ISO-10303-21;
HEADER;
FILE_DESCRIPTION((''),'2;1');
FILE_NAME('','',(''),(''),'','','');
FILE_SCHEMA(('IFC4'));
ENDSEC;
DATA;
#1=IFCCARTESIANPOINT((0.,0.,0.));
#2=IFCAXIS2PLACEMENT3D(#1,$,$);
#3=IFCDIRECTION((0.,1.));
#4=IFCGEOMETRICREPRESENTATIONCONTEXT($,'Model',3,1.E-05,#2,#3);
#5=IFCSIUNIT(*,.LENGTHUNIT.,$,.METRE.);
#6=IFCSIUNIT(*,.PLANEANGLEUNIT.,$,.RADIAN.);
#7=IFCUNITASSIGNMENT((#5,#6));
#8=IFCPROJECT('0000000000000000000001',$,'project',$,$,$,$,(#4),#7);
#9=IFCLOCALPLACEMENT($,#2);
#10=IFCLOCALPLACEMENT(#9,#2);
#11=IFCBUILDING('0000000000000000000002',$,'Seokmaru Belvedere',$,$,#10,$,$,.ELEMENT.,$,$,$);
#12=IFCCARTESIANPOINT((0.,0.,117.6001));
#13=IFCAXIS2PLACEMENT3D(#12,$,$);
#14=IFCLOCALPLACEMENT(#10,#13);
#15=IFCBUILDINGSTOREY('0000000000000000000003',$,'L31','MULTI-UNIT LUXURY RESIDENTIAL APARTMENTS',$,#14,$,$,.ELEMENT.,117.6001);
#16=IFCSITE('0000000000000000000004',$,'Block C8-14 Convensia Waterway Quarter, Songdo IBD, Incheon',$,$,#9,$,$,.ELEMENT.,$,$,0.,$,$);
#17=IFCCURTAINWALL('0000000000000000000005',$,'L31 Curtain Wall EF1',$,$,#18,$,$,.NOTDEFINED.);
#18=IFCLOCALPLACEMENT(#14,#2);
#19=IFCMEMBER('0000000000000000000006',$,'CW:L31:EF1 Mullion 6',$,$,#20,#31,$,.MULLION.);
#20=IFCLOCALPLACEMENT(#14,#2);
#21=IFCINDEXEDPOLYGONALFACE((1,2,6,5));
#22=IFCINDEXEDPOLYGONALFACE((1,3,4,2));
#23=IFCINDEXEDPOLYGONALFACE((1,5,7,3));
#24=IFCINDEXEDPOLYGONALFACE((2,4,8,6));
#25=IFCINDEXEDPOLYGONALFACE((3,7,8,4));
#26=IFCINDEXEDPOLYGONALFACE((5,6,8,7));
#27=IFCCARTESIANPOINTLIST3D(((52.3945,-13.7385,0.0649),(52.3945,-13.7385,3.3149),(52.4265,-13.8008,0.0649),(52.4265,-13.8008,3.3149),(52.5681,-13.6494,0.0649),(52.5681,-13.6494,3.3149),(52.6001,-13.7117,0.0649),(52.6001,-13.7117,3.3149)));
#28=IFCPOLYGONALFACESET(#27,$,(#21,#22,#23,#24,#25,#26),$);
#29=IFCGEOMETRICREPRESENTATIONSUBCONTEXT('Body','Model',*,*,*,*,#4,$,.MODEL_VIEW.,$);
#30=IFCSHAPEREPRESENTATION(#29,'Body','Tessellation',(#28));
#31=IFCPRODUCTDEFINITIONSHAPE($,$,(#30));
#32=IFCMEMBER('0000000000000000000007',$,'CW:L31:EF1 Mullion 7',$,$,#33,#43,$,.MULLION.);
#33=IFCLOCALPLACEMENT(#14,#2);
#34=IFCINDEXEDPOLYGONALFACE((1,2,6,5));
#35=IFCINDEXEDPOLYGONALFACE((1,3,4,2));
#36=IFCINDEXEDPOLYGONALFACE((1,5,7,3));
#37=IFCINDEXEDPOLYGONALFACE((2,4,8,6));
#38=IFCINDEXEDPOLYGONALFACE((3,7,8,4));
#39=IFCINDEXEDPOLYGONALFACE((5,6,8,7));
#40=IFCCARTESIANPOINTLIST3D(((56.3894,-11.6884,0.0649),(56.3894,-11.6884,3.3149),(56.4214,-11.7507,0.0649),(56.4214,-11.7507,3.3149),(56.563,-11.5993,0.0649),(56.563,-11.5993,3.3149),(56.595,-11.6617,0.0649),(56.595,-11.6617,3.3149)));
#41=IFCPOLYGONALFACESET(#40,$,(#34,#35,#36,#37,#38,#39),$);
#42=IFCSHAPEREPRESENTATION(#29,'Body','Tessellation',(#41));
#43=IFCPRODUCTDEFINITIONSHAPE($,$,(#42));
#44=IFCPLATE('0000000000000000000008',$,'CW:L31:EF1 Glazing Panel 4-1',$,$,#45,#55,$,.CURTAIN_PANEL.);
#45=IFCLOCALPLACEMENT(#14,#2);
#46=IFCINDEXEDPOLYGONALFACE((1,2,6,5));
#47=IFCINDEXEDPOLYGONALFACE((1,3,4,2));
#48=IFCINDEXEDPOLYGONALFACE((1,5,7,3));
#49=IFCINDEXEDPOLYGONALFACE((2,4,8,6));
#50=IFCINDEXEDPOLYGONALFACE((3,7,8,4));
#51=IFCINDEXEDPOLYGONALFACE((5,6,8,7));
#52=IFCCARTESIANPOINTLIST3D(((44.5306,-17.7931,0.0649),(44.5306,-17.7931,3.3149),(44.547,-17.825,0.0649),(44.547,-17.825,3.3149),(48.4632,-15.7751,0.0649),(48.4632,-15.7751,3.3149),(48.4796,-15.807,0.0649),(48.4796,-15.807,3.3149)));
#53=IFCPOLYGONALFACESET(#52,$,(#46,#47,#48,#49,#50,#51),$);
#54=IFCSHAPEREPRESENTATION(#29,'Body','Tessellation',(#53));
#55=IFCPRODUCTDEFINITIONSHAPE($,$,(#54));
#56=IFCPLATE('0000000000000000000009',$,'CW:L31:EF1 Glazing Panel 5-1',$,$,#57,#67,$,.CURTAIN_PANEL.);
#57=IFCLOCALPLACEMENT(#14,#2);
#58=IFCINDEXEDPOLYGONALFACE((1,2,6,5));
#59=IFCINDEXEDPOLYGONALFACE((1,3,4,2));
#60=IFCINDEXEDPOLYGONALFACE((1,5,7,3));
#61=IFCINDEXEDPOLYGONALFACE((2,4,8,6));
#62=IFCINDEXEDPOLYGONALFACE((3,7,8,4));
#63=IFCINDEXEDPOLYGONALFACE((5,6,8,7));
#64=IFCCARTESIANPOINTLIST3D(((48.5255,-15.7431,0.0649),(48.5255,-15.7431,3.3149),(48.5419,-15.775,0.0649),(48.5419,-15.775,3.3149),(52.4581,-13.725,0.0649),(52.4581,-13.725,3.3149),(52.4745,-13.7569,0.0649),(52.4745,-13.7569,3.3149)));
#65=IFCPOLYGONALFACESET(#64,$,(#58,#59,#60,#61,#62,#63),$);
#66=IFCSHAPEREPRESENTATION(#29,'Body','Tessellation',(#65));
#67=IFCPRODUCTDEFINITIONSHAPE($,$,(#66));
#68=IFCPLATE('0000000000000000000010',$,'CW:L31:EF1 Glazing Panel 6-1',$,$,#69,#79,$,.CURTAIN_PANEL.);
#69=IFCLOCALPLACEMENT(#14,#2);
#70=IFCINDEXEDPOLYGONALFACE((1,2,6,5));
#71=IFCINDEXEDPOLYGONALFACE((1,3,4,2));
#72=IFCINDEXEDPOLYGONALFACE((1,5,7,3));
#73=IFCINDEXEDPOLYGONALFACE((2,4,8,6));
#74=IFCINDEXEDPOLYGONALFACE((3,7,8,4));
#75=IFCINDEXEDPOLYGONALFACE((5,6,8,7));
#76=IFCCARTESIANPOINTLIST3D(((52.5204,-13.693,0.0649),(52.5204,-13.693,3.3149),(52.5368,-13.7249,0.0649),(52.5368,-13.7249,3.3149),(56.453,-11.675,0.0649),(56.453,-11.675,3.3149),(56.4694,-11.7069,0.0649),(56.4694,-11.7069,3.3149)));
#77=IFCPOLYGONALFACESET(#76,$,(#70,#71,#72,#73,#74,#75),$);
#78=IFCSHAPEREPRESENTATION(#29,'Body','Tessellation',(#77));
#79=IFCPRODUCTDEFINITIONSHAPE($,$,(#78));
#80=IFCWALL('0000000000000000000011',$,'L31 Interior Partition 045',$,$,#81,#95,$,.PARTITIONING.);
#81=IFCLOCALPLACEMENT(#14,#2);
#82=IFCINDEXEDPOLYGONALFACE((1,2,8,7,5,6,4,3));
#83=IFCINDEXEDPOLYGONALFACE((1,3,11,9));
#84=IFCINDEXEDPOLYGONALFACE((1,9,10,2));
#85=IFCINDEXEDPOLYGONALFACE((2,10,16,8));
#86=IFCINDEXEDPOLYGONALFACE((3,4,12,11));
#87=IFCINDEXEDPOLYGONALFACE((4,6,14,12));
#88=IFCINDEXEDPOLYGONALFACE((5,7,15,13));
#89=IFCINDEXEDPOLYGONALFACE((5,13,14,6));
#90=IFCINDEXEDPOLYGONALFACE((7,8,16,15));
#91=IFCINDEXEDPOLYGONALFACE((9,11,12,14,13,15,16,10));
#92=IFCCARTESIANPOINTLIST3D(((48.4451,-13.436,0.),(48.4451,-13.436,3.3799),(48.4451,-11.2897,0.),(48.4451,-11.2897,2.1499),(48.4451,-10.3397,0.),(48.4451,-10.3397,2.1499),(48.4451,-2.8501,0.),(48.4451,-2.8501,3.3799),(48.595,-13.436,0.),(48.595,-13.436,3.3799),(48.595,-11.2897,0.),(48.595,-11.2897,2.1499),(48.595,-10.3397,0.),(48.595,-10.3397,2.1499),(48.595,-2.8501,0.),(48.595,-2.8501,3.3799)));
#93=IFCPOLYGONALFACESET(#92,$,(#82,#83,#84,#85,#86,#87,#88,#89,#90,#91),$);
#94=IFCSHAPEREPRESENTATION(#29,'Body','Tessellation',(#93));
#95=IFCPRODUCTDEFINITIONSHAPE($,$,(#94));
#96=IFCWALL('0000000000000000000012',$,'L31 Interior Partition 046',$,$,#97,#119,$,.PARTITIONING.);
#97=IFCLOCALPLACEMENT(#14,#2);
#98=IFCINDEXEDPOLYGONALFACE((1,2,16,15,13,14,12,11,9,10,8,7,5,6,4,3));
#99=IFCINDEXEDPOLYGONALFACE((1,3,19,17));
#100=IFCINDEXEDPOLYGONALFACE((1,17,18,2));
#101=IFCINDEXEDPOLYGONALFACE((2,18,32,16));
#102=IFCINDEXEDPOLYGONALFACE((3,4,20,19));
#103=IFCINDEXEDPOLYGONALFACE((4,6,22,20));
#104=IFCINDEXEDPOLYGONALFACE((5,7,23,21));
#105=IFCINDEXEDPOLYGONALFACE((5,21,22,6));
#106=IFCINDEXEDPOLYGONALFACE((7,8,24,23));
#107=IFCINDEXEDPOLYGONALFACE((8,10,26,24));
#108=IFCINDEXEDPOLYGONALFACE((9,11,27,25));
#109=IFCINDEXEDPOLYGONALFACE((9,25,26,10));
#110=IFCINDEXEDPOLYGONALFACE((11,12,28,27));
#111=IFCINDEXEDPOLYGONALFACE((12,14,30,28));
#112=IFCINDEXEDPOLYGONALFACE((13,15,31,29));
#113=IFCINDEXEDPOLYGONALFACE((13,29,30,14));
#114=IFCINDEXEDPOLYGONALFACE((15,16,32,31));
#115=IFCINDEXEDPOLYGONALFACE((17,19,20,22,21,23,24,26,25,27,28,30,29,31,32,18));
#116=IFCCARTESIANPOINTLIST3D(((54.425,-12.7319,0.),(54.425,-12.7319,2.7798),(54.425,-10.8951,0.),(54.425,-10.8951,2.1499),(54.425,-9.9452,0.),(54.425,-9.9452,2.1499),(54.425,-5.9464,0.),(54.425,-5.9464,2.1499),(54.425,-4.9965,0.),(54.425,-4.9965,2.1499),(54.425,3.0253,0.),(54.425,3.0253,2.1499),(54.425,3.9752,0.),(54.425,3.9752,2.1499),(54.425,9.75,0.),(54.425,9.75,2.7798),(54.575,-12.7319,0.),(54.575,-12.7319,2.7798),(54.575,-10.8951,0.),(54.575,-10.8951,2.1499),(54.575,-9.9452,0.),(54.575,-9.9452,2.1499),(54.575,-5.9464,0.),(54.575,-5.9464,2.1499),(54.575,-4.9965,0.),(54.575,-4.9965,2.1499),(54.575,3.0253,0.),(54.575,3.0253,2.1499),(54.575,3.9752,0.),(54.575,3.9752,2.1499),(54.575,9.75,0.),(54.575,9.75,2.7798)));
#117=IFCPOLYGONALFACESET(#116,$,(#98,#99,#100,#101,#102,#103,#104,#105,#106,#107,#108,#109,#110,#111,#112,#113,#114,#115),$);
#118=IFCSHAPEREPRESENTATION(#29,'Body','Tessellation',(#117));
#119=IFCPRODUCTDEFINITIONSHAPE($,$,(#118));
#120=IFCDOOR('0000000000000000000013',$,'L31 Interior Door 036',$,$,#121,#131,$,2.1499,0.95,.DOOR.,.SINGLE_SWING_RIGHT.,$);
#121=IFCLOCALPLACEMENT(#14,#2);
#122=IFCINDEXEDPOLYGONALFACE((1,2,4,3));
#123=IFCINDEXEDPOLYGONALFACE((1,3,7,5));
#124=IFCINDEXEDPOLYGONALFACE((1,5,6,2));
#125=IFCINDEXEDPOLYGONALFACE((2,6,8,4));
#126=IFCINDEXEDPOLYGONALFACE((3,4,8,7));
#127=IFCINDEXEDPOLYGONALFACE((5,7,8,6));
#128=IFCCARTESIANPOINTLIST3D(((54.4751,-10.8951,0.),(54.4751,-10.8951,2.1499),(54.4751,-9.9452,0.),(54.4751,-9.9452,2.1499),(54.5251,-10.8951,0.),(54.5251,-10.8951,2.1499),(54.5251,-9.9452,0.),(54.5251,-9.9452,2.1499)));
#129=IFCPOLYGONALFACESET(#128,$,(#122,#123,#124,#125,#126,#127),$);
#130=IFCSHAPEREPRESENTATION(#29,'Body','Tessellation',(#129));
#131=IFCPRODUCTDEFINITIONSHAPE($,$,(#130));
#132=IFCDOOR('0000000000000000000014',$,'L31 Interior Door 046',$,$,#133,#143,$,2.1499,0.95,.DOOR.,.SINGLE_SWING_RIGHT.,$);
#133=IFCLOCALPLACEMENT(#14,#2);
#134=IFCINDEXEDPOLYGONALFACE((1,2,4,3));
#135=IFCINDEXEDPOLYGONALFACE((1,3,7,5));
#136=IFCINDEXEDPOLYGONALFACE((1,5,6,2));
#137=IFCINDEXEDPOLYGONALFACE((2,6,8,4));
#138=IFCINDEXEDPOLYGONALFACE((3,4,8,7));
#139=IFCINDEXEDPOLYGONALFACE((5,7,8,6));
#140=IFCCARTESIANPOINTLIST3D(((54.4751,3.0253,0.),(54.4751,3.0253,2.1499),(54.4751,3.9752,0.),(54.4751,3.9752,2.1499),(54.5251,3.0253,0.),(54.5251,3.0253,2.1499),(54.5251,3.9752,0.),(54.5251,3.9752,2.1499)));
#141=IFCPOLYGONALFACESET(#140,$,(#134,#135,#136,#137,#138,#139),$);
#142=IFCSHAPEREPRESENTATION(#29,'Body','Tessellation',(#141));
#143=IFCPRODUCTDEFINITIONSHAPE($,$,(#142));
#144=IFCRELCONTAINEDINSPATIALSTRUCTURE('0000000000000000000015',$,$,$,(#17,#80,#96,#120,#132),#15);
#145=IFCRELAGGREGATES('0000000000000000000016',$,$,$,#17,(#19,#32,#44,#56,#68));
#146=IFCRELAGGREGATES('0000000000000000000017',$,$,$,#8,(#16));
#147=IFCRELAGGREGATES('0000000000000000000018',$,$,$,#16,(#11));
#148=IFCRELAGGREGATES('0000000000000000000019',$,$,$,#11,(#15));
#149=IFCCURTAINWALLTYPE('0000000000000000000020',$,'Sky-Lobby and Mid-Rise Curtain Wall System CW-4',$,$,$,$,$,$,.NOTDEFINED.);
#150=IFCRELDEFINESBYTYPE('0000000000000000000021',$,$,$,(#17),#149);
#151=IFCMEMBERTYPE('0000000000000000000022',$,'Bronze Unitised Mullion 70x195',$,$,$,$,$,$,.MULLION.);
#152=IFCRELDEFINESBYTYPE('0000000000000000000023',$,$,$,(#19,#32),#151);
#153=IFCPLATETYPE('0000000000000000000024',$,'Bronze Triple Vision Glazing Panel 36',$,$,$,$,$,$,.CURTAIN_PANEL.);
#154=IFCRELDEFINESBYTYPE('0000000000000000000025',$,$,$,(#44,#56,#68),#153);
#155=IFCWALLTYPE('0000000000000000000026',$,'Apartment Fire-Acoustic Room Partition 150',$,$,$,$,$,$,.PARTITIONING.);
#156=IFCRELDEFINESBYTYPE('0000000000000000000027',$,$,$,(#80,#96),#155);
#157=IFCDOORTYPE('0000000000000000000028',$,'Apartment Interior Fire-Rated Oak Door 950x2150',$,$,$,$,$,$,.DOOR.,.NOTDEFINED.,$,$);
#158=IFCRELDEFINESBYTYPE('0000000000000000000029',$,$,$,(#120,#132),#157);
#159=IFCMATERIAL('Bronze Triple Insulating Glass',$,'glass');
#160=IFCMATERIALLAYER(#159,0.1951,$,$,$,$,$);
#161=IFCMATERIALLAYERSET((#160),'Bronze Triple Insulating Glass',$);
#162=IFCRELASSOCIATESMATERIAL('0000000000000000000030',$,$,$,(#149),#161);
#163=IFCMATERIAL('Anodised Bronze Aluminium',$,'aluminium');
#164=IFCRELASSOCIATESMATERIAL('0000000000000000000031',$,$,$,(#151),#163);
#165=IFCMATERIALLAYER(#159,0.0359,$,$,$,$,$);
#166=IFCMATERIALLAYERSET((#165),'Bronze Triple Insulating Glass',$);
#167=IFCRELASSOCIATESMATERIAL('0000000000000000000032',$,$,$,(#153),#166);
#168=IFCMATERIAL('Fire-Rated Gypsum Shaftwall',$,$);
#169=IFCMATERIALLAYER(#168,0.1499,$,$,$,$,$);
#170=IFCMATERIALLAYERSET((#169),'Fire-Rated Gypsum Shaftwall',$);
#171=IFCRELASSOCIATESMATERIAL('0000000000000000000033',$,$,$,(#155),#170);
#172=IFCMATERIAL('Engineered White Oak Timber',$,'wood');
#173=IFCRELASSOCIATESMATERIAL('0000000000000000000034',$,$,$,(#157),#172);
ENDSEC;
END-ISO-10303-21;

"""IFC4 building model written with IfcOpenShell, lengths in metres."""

from ifc_helpers import new_model, si_unit, direction, frame, frame_2d, origin, origin_2d, place, context, subcontext, project, spatial, rectangle, extrude, source, transform, mapped, material, layer, layer_set, material_profile, profile_set, type_object, type_shapes, element, fill, aggregate, save


model = new_model("IFC4")

# Units and contexts
model_context = context("Model", 3, precision=1e-05, world=origin(), true_north=direction((0.0, 1.0)))
body_context = subcontext(model_context, "Body", "Model", "MODEL_VIEW")
ifc_project = project(units=[si_unit("LENGTHUNIT", "METRE"), si_unit("PLANEANGLEUNIT", "RADIAN")], contexts=[model_context])

# Site, building, storey
site_placement = place(None, origin())
site = spatial("IfcSite", under=ifc_project, at=site_placement, Name="Block C8-14 Convensia Waterway Quarter, Songdo IBD, Incheon", CompositionType="ELEMENT", RefElevation=0.0)
building_placement = place(site_placement, origin())
building = spatial("IfcBuilding", under=site, at=building_placement, Name="Seokmaru Belvedere", CompositionType="ELEMENT")
storey_placement = place(building_placement, frame((0.0, 0.0, 117.6001)))
storey = spatial("IfcBuildingStorey", under=building, at=storey_placement, Name="L31", Description="MULTI-UNIT LUXURY RESIDENTIAL APARTMENTS", CompositionType="ELEMENT", Elevation=117.6001)

# Curtain wall, members, plates
ifc_material_1 = material(Name="Bronze Triple Insulating Glass", Category="glass")
ifc_layer_1 = layer(ifc_material_1, 0.1951)
ifc_layer_set_1 = layer_set([ifc_layer_1], Name="Bronze Triple Insulating Glass")
curtain_wall_type = type_object("IfcCurtainWallType", Name="Sky-Lobby and Mid-Rise Curtain Wall System CW-4", PredefinedType="NOTDEFINED", material=ifc_layer_set_1)
curtain_wall_placement = place(storey_placement, origin())
curtain_wall = element("IfcCurtainWall", 1, at=curtain_wall_placement, inside=storey, type_object=curtain_wall_type, Name="L31 Curtain Wall EF1", PredefinedType="NOTDEFINED")
ifc_material_2 = material(Name="Anodised Bronze Aluminium", Category="aluminium")
ifc_material_profile_1 = material_profile(ifc_material_2, rectangle(XDim=0.0701, YDim=0.1951, at=origin_2d()), Name="CW-M-70x195")
ifc_profile_set_1 = profile_set([ifc_material_profile_1], Name="Anodised Bronze Aluminium")
member_type = type_object("IfcMemberType", Name="Bronze Unitised Mullion 70x195", PredefinedType="MULLION", material=ifc_profile_set_1)
shared_shape_1 = source(origin(), body_context, "Body", "SweptSolid", [
    extrude(rectangle(XDim=0.0701, YDim=0.1951, at=origin_2d()), origin(), (0.0, 0.0, 1.0), 3.25),
])
type_shapes(member_type, [shared_shape_1])
member_1_placement = place(storey_placement, frame((52.4973, -13.7251, 0.0649), z_axis=(0.0, 0.0, 1.0), x_axis=(-0.456555, 0.889695, 0.0)))
member_1 = element("IfcMember", 2, at=member_1_placement, type_object=member_type, Name="CW:L31:EF1 Mullion 6", PredefinedType="MULLION", context=body_context, shape_type="MappedRepresentation", body=[
    mapped(shared_shape_1, transform((0.0, 0.0, 0.0), scale=1.0)),
])
member_2_placement = place(storey_placement, frame((56.4922, -11.675, 0.0649), z_axis=(0.0, 0.0, 1.0), x_axis=(-0.456555, 0.889695, 0.0)))
member_2 = element("IfcMember", 3, at=member_2_placement, type_object=member_type, Name="CW:L31:EF1 Mullion 7", PredefinedType="MULLION", context=body_context, shape_type="MappedRepresentation", body=[
    mapped(shared_shape_1, transform((0.0, 0.0, 0.0), scale=1.0)),
])
ifc_layer_2 = layer(ifc_material_1, 0.0359)
ifc_layer_set_2 = layer_set([ifc_layer_2], Name="Bronze Triple Insulating Glass")
plate_type = type_object("IfcPlateType", Name="Bronze Triple Vision Glazing Panel 36", PredefinedType="CURTAIN_PANEL", material=ifc_layer_set_2)
shared_shape_2 = source(origin(), body_context, "Body", "SweptSolid", [
    extrude(rectangle(XDim=4.4202, YDim=0.0359, at=origin_2d()), origin(), (0.0, 0.0, 1.0), 3.25),
])
type_shapes(plate_type, [shared_shape_2])
plate_1_placement = place(storey_placement, frame((46.5051, -16.8, 0.0649), z_axis=(0.0, 0.0, 1.0), x_axis=(0.889695, 0.456555, 0.0)))
plate_1 = element("IfcPlate", 4, at=plate_1_placement, type_object=plate_type, Name="CW:L31:EF1 Glazing Panel 4-1", PredefinedType="CURTAIN_PANEL", context=body_context, shape_type="MappedRepresentation", body=[
    mapped(shared_shape_2, transform((0.0, 0.0, 0.0), scale=1.0)),
])
plate_2_placement = place(storey_placement, frame((50.5, -14.75, 0.0649), z_axis=(0.0, 0.0, 1.0), x_axis=(0.889695, 0.456555, 0.0)))
plate_2 = element("IfcPlate", 5, at=plate_2_placement, type_object=plate_type, Name="CW:L31:EF1 Glazing Panel 5-1", PredefinedType="CURTAIN_PANEL", context=body_context, shape_type="MappedRepresentation", body=[
    mapped(shared_shape_2, transform((0.0, 0.0, 0.0), scale=1.0)),
])
plate_3_placement = place(storey_placement, frame((54.4949, -12.7, 0.0649), z_axis=(0.0, 0.0, 1.0), x_axis=(0.889695, 0.456555, 0.0)))
plate_3 = element("IfcPlate", 6, at=plate_3_placement, type_object=plate_type, Name="CW:L31:EF1 Glazing Panel 6-1", PredefinedType="CURTAIN_PANEL", context=body_context, shape_type="MappedRepresentation", body=[
    mapped(shared_shape_2, transform((0.0, 0.0, 0.0), scale=1.0)),
])
aggregate(curtain_wall, [member_1, member_2, plate_1, plate_2, plate_3])

# Wall, opening
ifc_material_3 = material(Name="Fire-Rated Gypsum Shaftwall")
ifc_layer_3 = layer(ifc_material_3, 0.1499)
ifc_layer_set_3 = layer_set([ifc_layer_3], Name="Fire-Rated Gypsum Shaftwall")
wall_type = type_object("IfcWallType", Name="Apartment Fire-Acoustic Room Partition 150", PredefinedType="PARTITIONING", material=ifc_layer_set_3)
wall_1_placement = place(storey_placement, frame((48.52, -13.436, 0.0), z_axis=(0.0, 0.0, 1.0), x_axis=(0.0, 1.0, 0.0)))
wall_1 = element("IfcWall", 7, at=wall_1_placement, inside=storey, type_object=wall_type, Name="L31 Interior Partition 045", PredefinedType="PARTITIONING", context=body_context, shape_type="SweptSolid", body=[
    extrude(rectangle(XDim=10.5859, YDim=0.1499, at=frame_2d((5.293, 0.0))), origin(), (0.0, 0.0, 1.0), 3.3799),
])
opening_1_placement = place(wall_1_placement, frame((2.1462, 0.0, 0.0)))
element("IfcOpeningElement", 8, at=opening_1_placement, cuts=wall_1, PredefinedType="OPENING", context=body_context, shape_type="SweptSolid", body=[
    extrude(rectangle(XDim=0.95, YDim=2.1499, at=frame_2d((0.4751, 1.075))), frame((0.0, 0.085, 0.0), z_axis=(0.0, -1.0, 0.0), x_axis=(1.0, 0.0, 0.0)), (0.0, 0.0, 1.0), 0.1699),
])

# Wall, openings, doors
wall_2_placement = place(storey_placement, frame((54.5, -12.7319, 0.0), z_axis=(0.0, 0.0, 1.0), x_axis=(0.0, 1.0, 0.0)))
wall_2 = element("IfcWall", 9, at=wall_2_placement, inside=storey, type_object=wall_type, Name="L31 Interior Partition 046", PredefinedType="PARTITIONING", context=body_context, shape_type="SweptSolid", body=[
    extrude(rectangle(XDim=22.4819, YDim=0.1499, at=frame_2d((11.241, 0.0))), origin(), (0.0, 0.0, 1.0), 2.7798),
])
opening_2_placement = place(wall_2_placement, frame((1.8367, 0.0, 0.0)))
opening_2 = element("IfcOpeningElement", 10, at=opening_2_placement, cuts=wall_2, PredefinedType="OPENING", context=body_context, shape_type="SweptSolid", body=[
    extrude(rectangle(XDim=0.95, YDim=2.1499, at=frame_2d((0.4751, 1.075))), frame((0.0, 0.085, 0.0), z_axis=(0.0, -1.0, 0.0), x_axis=(1.0, 0.0, 0.0)), (0.0, 0.0, 1.0), 0.1699),
])
opening_3_placement = place(wall_2_placement, frame((6.7854, 0.0, 0.0)))
element("IfcOpeningElement", 11, at=opening_3_placement, cuts=wall_2, PredefinedType="OPENING", context=body_context, shape_type="SweptSolid", body=[
    extrude(rectangle(XDim=0.95, YDim=2.1499, at=frame_2d((0.4751, 1.075))), frame((0.0, 0.085, 0.0), z_axis=(0.0, -1.0, 0.0), x_axis=(1.0, 0.0, 0.0)), (0.0, 0.0, 1.0), 0.1699),
])
opening_4_placement = place(wall_2_placement, frame((15.7571, 0.0, 0.0)))
opening_4 = element("IfcOpeningElement", 12, at=opening_4_placement, cuts=wall_2, PredefinedType="OPENING", context=body_context, shape_type="SweptSolid", body=[
    extrude(rectangle(XDim=0.95, YDim=2.1499, at=frame_2d((0.4751, 1.075))), frame((0.0, 0.085, 0.0), z_axis=(0.0, -1.0, 0.0), x_axis=(1.0, 0.0, 0.0)), (0.0, 0.0, 1.0), 0.1699),
])
ifc_material_4 = material(Name="Engineered White Oak Timber", Category="wood")
door_type = type_object("IfcDoorType", Name="Apartment Interior Fire-Rated Oak Door 950x2150", OperationType="NOTDEFINED", PredefinedType="DOOR", material=ifc_material_4)
shared_shape_3 = source(origin(), body_context, "Body", "SweptSolid", [
    extrude(rectangle(XDim=0.95, YDim=2.1499, at=frame_2d((0.4751, 1.075))), frame((0.0, 0.0249, 0.0), z_axis=(0.0, -1.0, 0.0), x_axis=(1.0, 0.0, 0.0)), (0.0, 0.0, 1.0), 0.05),
])
type_shapes(door_type, [shared_shape_3])
door_1_placement = place(opening_2_placement, origin())
door_1 = element("IfcDoor", 13, at=door_1_placement, inside=storey, type_object=door_type, Name="L31 Interior Door 036", OperationType="SINGLE_SWING_RIGHT", OverallHeight=2.1499, OverallWidth=0.95, PredefinedType="DOOR", context=body_context, shape_type="MappedRepresentation", body=[
    mapped(shared_shape_3, transform((0.0, 0.0, 0.0), scale=1.0)),
])
fill(opening_2, door_1)
door_2_placement = place(opening_4_placement, origin())
door_2 = element("IfcDoor", 14, at=door_2_placement, inside=storey, type_object=door_type, Name="L31 Interior Door 046", OperationType="SINGLE_SWING_RIGHT", OverallHeight=2.1499, OverallWidth=0.95, PredefinedType="DOOR", context=body_context, shape_type="MappedRepresentation", body=[
    mapped(shared_shape_3, transform((0.0, 0.0, 0.0), scale=1.0)),
])
fill(opening_4, door_2)

save(model, "model.ifc")
